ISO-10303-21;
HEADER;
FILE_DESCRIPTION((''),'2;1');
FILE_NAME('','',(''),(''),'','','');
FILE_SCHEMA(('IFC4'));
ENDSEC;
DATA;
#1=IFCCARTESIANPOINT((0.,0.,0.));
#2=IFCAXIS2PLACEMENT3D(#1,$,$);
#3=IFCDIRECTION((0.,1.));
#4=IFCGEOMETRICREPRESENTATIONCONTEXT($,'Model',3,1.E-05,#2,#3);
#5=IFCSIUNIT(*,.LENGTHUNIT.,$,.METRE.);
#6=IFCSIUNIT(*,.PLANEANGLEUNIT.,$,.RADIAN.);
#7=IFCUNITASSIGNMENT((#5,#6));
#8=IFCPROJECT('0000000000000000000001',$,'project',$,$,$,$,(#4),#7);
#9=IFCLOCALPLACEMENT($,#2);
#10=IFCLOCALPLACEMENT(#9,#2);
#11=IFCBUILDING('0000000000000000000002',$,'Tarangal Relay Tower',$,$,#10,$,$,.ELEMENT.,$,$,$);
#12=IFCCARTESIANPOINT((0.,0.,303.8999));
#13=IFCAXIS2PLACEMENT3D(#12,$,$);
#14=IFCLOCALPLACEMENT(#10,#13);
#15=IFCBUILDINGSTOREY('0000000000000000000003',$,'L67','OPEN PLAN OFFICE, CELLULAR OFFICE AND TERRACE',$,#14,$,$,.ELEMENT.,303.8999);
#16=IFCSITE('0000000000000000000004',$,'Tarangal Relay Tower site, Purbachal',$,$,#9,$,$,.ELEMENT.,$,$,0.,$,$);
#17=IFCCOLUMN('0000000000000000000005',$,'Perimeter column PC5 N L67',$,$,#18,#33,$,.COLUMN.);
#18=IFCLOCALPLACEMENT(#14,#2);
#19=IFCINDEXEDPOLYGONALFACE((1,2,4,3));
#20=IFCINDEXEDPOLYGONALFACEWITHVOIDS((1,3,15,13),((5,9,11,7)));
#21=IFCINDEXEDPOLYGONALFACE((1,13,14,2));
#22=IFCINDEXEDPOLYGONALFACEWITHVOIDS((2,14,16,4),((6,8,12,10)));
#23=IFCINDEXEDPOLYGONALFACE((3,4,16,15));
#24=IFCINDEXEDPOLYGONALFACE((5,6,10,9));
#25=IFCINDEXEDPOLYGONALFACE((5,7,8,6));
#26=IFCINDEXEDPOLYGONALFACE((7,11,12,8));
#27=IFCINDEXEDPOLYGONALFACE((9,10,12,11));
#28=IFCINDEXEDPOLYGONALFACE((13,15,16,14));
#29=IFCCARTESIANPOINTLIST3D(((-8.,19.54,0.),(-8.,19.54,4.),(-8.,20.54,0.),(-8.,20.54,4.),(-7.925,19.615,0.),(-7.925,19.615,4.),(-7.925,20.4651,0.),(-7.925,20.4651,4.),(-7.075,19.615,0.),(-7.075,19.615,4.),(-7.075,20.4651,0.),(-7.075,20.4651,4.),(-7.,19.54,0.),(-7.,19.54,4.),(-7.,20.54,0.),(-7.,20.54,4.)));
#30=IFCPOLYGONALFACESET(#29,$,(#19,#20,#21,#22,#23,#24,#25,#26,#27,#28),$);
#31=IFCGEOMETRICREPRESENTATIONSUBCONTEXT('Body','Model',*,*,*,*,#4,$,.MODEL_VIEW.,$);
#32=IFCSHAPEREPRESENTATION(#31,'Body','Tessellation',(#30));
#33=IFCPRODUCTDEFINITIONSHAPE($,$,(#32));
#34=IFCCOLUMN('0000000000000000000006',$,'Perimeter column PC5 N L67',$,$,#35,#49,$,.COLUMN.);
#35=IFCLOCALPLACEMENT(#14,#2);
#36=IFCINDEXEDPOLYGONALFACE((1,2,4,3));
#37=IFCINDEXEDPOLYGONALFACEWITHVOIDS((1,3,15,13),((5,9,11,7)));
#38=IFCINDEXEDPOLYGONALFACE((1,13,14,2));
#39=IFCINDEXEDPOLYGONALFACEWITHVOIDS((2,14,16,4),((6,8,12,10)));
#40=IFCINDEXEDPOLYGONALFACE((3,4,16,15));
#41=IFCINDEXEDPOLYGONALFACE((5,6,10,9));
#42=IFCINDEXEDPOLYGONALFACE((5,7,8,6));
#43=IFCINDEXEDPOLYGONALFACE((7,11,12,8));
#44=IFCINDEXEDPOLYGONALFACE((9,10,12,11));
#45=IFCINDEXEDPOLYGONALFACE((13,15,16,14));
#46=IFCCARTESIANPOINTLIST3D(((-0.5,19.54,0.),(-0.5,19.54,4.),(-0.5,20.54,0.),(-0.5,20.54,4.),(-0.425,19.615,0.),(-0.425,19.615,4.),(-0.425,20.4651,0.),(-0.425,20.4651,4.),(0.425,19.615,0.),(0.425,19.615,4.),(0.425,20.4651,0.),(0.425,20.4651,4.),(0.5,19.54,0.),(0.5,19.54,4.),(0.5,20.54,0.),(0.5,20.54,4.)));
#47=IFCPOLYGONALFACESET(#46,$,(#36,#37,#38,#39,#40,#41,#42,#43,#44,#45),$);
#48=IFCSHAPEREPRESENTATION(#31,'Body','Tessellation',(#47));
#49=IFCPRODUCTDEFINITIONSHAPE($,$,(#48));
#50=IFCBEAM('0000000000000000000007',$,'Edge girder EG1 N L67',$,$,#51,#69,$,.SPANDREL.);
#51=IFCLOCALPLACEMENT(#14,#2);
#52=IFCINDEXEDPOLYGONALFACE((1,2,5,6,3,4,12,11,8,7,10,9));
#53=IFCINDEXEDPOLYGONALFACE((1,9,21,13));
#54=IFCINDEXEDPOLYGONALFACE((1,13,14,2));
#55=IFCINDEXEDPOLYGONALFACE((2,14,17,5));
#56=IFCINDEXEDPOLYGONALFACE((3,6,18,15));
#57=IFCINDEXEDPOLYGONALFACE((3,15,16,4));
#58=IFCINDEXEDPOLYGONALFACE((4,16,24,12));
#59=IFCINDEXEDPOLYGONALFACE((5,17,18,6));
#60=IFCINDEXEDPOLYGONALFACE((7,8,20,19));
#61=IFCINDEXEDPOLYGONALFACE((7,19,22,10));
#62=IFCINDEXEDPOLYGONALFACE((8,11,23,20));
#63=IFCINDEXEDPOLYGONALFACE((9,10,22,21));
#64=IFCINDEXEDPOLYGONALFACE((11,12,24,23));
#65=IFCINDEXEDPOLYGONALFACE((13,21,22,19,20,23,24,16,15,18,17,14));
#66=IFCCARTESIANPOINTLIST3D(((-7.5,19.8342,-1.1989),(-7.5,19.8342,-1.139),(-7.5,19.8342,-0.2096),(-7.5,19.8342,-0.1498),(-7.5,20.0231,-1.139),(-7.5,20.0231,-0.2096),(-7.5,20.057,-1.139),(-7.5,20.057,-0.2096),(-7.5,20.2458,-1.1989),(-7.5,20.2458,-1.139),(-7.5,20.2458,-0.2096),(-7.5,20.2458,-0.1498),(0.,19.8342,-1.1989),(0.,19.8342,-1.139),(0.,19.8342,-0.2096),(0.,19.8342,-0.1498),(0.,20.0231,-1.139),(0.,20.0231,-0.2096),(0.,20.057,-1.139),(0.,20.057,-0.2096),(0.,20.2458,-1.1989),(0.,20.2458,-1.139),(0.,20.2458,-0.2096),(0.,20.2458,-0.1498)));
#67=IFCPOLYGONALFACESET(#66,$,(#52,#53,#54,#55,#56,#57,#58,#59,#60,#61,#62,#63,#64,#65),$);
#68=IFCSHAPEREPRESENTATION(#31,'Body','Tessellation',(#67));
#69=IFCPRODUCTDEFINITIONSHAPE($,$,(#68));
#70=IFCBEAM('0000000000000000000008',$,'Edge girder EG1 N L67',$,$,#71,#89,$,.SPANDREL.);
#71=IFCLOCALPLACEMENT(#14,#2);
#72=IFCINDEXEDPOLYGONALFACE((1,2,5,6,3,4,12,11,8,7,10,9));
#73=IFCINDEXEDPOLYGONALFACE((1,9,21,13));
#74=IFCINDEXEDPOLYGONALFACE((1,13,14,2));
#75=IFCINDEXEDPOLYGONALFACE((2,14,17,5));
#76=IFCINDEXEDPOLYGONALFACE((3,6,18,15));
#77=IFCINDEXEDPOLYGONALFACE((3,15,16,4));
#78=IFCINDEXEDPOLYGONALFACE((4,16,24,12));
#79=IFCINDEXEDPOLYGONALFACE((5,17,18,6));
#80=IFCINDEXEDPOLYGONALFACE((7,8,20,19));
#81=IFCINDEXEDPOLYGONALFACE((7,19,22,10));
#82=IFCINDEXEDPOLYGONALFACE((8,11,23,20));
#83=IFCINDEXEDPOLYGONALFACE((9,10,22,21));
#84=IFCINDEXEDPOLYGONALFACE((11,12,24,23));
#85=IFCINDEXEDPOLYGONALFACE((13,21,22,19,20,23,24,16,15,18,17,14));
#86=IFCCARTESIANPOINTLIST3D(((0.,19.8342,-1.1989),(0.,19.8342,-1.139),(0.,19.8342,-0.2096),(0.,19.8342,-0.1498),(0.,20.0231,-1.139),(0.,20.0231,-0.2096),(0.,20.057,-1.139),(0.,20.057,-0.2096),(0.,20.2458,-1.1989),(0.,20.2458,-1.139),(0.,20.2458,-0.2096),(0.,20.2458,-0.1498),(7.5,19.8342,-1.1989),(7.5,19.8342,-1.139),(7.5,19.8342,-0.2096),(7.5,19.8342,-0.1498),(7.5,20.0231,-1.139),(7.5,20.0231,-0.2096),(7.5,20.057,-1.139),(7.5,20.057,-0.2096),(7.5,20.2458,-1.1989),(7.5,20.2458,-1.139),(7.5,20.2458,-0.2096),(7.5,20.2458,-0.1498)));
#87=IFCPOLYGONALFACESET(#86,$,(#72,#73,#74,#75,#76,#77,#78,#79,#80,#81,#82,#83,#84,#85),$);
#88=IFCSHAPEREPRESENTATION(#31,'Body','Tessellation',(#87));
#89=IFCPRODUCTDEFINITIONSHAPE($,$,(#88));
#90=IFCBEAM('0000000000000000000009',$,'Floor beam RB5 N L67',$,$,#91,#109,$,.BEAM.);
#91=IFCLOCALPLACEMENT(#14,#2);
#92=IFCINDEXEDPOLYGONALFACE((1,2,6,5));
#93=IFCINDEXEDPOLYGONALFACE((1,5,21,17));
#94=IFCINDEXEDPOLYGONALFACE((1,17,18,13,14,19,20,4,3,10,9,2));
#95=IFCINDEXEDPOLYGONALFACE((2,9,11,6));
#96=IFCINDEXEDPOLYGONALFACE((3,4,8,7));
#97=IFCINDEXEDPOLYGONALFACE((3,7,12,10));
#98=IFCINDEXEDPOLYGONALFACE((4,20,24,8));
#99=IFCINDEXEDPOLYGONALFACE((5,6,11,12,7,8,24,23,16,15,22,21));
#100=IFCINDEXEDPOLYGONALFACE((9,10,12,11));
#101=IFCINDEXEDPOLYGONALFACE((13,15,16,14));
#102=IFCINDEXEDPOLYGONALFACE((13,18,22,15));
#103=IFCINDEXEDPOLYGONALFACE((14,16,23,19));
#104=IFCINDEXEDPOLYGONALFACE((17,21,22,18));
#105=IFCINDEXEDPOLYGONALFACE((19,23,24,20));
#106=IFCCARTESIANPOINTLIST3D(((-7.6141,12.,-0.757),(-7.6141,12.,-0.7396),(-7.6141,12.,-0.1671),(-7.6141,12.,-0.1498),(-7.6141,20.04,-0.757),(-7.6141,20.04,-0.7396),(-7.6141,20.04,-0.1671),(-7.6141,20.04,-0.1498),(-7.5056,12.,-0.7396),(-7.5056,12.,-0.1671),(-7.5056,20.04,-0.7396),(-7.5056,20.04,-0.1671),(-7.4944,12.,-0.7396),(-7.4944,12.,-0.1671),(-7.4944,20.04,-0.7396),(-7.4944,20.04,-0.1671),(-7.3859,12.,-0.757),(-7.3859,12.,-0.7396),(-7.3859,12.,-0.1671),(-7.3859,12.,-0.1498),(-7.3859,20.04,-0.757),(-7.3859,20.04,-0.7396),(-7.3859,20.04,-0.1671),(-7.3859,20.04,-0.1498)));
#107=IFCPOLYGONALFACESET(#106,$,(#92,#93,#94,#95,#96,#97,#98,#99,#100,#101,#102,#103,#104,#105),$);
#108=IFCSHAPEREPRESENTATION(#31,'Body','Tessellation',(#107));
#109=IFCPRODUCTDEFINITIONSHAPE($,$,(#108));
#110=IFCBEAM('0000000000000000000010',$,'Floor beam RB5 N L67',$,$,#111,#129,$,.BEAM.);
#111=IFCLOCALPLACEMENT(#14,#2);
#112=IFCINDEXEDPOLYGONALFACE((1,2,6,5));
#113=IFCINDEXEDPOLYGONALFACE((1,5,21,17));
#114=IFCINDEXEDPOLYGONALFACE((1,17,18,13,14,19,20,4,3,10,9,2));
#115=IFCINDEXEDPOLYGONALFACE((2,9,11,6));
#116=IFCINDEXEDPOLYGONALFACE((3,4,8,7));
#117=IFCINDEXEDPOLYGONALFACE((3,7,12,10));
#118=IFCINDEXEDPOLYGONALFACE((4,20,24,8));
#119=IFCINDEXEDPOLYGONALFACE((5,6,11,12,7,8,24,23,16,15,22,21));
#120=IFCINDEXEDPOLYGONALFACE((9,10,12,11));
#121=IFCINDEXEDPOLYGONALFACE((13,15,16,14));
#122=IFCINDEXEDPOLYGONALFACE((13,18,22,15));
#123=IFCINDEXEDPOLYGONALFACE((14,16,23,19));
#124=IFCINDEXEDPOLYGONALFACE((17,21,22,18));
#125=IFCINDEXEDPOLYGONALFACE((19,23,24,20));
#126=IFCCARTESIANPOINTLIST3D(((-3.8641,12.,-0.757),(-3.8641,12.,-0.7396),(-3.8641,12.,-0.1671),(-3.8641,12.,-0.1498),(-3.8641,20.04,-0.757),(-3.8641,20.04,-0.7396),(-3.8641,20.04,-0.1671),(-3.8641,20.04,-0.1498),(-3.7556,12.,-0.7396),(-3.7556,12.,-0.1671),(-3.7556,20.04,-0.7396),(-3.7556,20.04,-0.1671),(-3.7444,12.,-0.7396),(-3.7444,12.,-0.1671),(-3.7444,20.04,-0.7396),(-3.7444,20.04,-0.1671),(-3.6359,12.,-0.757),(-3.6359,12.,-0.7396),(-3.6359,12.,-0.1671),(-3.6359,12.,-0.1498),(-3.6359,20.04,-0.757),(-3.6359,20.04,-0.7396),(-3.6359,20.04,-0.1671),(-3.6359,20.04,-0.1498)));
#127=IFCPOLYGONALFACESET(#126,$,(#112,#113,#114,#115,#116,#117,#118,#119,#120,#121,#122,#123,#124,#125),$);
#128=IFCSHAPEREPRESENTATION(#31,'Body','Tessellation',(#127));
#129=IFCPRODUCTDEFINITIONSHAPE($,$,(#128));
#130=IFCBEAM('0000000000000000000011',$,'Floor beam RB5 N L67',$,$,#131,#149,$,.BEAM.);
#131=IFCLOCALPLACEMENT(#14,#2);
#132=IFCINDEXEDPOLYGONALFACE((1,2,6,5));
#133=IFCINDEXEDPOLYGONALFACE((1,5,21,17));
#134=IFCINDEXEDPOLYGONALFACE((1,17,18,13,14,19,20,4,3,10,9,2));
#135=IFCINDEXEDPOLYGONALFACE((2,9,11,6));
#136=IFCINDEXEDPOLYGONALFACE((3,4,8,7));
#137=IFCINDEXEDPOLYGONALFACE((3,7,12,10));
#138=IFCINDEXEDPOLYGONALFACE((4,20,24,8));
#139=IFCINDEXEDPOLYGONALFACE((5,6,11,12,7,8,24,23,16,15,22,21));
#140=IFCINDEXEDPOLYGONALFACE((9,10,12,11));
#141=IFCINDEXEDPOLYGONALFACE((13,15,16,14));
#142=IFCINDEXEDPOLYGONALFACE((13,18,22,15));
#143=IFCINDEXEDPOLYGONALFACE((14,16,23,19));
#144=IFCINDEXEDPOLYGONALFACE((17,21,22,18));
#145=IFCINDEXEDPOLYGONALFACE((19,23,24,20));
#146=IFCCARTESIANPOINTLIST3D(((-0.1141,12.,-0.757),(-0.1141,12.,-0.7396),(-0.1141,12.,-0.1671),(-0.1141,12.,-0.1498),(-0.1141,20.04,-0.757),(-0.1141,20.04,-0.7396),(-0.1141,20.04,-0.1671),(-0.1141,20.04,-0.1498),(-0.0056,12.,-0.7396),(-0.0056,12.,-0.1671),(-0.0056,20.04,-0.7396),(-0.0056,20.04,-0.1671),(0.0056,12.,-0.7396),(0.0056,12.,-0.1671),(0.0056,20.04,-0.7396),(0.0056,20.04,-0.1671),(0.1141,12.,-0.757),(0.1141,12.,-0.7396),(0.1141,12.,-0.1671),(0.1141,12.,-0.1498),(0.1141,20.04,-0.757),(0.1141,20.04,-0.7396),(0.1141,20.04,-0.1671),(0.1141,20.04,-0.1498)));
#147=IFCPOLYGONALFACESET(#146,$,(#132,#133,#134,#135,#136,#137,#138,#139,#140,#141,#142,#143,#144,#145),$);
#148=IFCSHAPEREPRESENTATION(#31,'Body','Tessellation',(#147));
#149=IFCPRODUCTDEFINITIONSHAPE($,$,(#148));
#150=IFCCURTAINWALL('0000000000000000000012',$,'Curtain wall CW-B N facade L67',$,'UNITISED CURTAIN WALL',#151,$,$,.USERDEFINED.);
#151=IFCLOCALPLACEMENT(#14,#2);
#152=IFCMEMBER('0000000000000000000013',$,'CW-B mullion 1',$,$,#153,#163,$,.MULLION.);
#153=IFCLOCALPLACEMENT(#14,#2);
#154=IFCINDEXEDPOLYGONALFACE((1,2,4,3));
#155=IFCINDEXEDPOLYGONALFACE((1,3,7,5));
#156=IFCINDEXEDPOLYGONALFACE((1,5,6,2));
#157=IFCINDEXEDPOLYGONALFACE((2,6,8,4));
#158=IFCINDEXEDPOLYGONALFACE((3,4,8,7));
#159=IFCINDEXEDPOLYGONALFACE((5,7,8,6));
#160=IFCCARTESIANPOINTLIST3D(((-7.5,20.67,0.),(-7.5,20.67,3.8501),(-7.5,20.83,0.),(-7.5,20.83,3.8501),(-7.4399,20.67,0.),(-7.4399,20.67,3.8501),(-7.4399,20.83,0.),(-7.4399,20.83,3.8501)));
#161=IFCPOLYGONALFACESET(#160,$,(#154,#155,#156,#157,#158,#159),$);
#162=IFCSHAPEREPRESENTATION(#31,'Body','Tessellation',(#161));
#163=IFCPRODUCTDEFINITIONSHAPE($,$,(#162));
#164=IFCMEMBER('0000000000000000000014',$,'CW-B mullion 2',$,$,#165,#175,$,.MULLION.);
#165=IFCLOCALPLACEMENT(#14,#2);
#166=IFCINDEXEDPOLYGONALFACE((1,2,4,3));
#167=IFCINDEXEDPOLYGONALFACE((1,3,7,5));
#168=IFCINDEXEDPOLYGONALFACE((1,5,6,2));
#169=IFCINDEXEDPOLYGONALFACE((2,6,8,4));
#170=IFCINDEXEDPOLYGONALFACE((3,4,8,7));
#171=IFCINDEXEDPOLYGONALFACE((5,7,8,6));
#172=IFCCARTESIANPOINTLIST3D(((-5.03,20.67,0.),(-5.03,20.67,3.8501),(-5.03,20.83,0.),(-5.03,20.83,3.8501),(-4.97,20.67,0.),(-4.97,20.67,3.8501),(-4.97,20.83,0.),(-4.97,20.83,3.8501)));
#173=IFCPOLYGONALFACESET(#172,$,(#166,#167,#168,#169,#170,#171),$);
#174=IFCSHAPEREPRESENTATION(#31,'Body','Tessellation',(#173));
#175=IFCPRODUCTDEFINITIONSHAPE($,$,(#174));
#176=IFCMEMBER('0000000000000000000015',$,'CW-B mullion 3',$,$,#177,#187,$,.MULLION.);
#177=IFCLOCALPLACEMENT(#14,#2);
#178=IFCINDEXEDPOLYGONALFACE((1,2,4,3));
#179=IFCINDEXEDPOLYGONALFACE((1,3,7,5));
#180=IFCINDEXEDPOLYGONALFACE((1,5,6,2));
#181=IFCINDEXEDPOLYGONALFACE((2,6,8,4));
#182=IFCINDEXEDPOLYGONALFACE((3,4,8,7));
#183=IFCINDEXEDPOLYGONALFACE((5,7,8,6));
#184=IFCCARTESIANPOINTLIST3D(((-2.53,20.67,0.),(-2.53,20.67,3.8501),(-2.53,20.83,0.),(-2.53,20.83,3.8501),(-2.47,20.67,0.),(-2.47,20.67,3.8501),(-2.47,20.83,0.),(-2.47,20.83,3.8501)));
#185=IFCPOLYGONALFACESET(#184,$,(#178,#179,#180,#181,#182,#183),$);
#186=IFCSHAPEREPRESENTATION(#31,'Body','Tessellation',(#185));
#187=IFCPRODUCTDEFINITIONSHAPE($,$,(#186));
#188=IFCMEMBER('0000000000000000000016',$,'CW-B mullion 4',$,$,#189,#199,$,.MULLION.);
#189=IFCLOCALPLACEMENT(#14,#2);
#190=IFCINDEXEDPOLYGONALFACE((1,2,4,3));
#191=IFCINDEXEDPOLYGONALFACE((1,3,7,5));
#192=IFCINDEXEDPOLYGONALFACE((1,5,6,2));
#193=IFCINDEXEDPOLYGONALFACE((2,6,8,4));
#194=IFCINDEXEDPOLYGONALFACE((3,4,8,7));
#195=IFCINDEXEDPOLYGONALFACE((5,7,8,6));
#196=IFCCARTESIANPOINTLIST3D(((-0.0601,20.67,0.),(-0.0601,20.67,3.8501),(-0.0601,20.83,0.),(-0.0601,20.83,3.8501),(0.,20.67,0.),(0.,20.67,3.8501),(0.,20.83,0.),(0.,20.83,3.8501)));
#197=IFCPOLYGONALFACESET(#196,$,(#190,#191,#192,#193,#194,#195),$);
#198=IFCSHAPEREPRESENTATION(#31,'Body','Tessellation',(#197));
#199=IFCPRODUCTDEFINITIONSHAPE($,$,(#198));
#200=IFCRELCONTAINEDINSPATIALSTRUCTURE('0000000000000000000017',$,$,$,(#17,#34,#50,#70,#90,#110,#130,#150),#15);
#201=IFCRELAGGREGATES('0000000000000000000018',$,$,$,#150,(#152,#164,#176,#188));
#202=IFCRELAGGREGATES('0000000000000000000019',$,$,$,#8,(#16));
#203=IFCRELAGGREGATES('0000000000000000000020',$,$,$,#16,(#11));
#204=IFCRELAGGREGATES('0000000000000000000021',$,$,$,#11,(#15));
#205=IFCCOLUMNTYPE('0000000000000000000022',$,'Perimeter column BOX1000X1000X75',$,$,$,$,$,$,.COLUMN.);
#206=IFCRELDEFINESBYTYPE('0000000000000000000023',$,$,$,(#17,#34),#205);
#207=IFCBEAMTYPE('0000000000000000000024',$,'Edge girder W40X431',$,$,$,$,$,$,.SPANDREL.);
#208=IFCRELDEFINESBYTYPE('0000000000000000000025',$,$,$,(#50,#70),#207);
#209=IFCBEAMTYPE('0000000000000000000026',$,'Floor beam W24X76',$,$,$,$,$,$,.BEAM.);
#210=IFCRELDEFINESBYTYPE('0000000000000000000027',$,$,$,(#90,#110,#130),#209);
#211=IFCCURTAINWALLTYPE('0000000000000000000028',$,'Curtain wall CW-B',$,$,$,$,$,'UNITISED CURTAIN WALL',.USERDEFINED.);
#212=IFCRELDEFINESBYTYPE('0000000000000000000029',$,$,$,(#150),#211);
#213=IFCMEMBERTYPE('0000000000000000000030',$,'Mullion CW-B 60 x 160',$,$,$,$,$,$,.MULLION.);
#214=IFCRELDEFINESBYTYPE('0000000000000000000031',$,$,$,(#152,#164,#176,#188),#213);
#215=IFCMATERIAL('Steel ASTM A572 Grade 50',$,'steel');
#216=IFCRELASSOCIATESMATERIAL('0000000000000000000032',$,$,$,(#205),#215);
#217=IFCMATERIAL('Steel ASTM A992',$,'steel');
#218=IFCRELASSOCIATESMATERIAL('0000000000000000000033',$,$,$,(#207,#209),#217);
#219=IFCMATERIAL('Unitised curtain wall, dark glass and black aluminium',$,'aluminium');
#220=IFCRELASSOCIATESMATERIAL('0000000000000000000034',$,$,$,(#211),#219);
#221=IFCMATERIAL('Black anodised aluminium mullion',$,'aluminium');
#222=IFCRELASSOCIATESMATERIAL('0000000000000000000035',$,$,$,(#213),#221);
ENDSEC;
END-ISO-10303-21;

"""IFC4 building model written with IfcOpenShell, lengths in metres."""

from ifc_helpers import new_model, si_unit, direction, frame, origin, origin_2d, place, context, subcontext, project, spatial, rectangle, hollow_rectangle, i_section, extrude, material, material_profile, profile_set, type_object, element, aggregate, save


model = new_model("IFC4")

# Units and contexts
model_context = context("Model", 3, precision=1e-05, world=origin(), true_north=direction((0.0, 1.0)))
body_context = subcontext(model_context, "Body", "Model", "MODEL_VIEW")
ifc_project = project(units=[si_unit("LENGTHUNIT", "METRE"), si_unit("PLANEANGLEUNIT", "RADIAN")], contexts=[model_context])

# Site, building, storey
site_placement = place(None, origin())
site = spatial("IfcSite", under=ifc_project, at=site_placement, Name="Tarangal Relay Tower site, Purbachal", CompositionType="ELEMENT", RefElevation=0.0)
building_placement = place(site_placement, origin())
building = spatial("IfcBuilding", under=site, at=building_placement, Name="Tarangal Relay Tower", CompositionType="ELEMENT")
storey_placement = place(building_placement, frame((0.0, 0.0, 303.8999)))
storey = spatial("IfcBuildingStorey", under=building, at=storey_placement, Name="L67", Description="OPEN PLAN OFFICE, CELLULAR OFFICE AND TERRACE", CompositionType="ELEMENT", Elevation=303.8999)

# Columns
ifc_material_1 = material(Name="Steel ASTM A572 Grade 50", Category="steel")
ifc_material_profile_1 = material_profile(ifc_material_1, hollow_rectangle(XDim=1.0, YDim=1.0, WallThickness=0.075, at=origin_2d()), Name="BOX1000X1000X75")
ifc_profile_set_1 = profile_set([ifc_material_profile_1], Name="Steel ASTM A572 Grade 50")
column_type = type_object("IfcColumnType", Name="Perimeter column BOX1000X1000X75", PredefinedType="COLUMN", material=ifc_profile_set_1)
for number, where, z_axis, x_axis, name in (
    (1, (-7.5, 20.04, 0.0), (0.0, 0.0, 1.0), (1.0, 0.0, 0.0), "Perimeter column PC5 N L67"),
    (2, (0.0, 20.04, 0.0), (0.0, 0.0, 1.0), (1.0, 0.0, 0.0), "Perimeter column PC5 N L67"),
):
    element("IfcColumn", number, at=place(storey_placement, frame(where, z_axis=z_axis, x_axis=x_axis)), inside=storey, type_object=column_type, Name=name, PredefinedType="COLUMN", context=body_context, shape_type="SweptSolid", body=[
        extrude(hollow_rectangle(XDim=1.0, YDim=1.0, WallThickness=0.075, at=origin_2d()), origin(), (0.0, 0.0, 1.0), 4.0),
    ])

# Beams
ifc_material_2 = material(Name="Steel ASTM A992", Category="steel")
ifc_material_profile_2 = material_profile(ifc_material_2, i_section(OverallWidth=0.4116, OverallDepth=1.0491, WebThickness=0.0339, FlangeThickness=0.0598, at=origin_2d()), Name="W40X431")
ifc_profile_set_2 = profile_set([ifc_material_profile_2], Name="Steel ASTM A992")
beam_type_1 = type_object("IfcBeamType", Name="Edge girder W40X431", PredefinedType="SPANDREL", material=ifc_profile_set_2)
for number, where, z_axis, x_axis, name in (
    (3, (-7.5, 20.04, -0.6743), (1.0, 0.0, 0.0), (0.0, 1.0, 0.0), "Edge girder EG1 N L67"),
    (4, (0.0, 20.04, -0.6743), (1.0, 0.0, 0.0), (0.0, 1.0, 0.0), "Edge girder EG1 N L67"),
):
    element("IfcBeam", number, at=place(storey_placement, frame(where, z_axis=z_axis, x_axis=x_axis)), inside=storey, type_object=beam_type_1, Name=name, PredefinedType="SPANDREL", context=body_context, shape_type="SweptSolid", body=[
        extrude(i_section(OverallWidth=0.4116, OverallDepth=1.0491, WebThickness=0.0339, FlangeThickness=0.0598, at=origin_2d()), origin(), (0.0, 0.0, 1.0), 7.5),
    ])
ifc_material_profile_3 = material_profile(ifc_material_2, i_section(OverallWidth=0.2283, OverallDepth=0.6072, WebThickness=0.0112, FlangeThickness=0.0173, at=origin_2d()), Name="W24X76")
ifc_profile_set_3 = profile_set([ifc_material_profile_3], Name="Steel ASTM A992")
beam_type_2 = type_object("IfcBeamType", Name="Floor beam W24X76", PredefinedType="BEAM", material=ifc_profile_set_3)
for number, where, z_axis, x_axis, name in (
    (5, (-7.5, 12.0, -0.4534), (0.0, 1.0, 0.0), (-1.0, 0.0, 0.0), "Floor beam RB5 N L67"),
    (6, (-3.75, 12.0, -0.4534), (0.0, 1.0, 0.0), (-1.0, 0.0, 0.0), "Floor beam RB5 N L67"),
    (7, (0.0, 12.0, -0.4534), (0.0, 1.0, 0.0), (-1.0, 0.0, 0.0), "Floor beam RB5 N L67"),
):
    element("IfcBeam", number, at=place(storey_placement, frame(where, z_axis=z_axis, x_axis=x_axis)), inside=storey, type_object=beam_type_2, Name=name, PredefinedType="BEAM", context=body_context, shape_type="SweptSolid", body=[
        extrude(i_section(OverallWidth=0.2283, OverallDepth=0.6072, WebThickness=0.0112, FlangeThickness=0.0173, at=origin_2d()), origin(), (0.0, 0.0, 1.0), 8.04),
    ])

# Curtain wall, members
ifc_material_3 = material(Name="Unitised curtain wall, dark glass and black aluminium", Category="aluminium")
curtain_wall_type_1 = type_object("IfcCurtainWallType", Name="Curtain wall CW-B", ElementType="UNITISED CURTAIN WALL", PredefinedType="USERDEFINED", material=ifc_material_3)
curtain_wall_1_placement = place(storey_placement, origin())
curtain_wall_1 = element("IfcCurtainWall", 8, at=curtain_wall_1_placement, inside=storey, type_object=curtain_wall_type_1, Name="Curtain wall CW-B N facade L67", ObjectType="UNITISED CURTAIN WALL", PredefinedType="USERDEFINED")
ifc_material_4 = material(Name="Black anodised aluminium mullion", Category="aluminium")
ifc_material_profile_4 = material_profile(ifc_material_4, rectangle(XDim=0.1599, YDim=0.0601, at=origin_2d()), Name="CW-BM 60X160")
ifc_profile_set_4 = profile_set([ifc_material_profile_4], Name="Black anodised aluminium mullion")
member_type_1 = type_object("IfcMemberType", Name="Mullion CW-B 60 x 160", PredefinedType="MULLION", material=ifc_profile_set_4)
member_1_placement = place(storey_placement, frame((-7.47, 20.75, 0.0), z_axis=(0.0, 0.0, 1.0), x_axis=(0.0, 1.0, 0.0)))
member_1 = element("IfcMember", 9, at=member_1_placement, type_object=member_type_1, Name="CW-B mullion 1", PredefinedType="MULLION", context=body_context, shape_type="SweptSolid", body=[
    extrude(rectangle(XDim=0.1599, YDim=0.0601, at=origin_2d()), origin(), (0.0, 0.0, 1.0), 3.8501),
])
member_2_placement = place(storey_placement, frame((-5.0, 20.75, 0.0), z_axis=(0.0, 0.0, 1.0), x_axis=(0.0, 1.0, 0.0)))
member_2 = element("IfcMember", 10, at=member_2_placement, type_object=member_type_1, Name="CW-B mullion 2", PredefinedType="MULLION", context=body_context, shape_type="SweptSolid", body=[
    extrude(rectangle(XDim=0.1599, YDim=0.0601, at=origin_2d()), origin(), (0.0, 0.0, 1.0), 3.8501),
])
member_3_placement = place(storey_placement, frame((-2.5, 20.75, 0.0), z_axis=(0.0, 0.0, 1.0), x_axis=(0.0, 1.0, 0.0)))
member_3 = element("IfcMember", 11, at=member_3_placement, type_object=member_type_1, Name="CW-B mullion 3", PredefinedType="MULLION", context=body_context, shape_type="SweptSolid", body=[
    extrude(rectangle(XDim=0.1599, YDim=0.0601, at=origin_2d()), origin(), (0.0, 0.0, 1.0), 3.8501),
])
member_4_placement = place(storey_placement, frame((-0.03, 20.75, 0.0), z_axis=(0.0, 0.0, 1.0), x_axis=(0.0, 1.0, 0.0)))
member_4 = element("IfcMember", 12, at=member_4_placement, type_object=member_type_1, Name="CW-B mullion 4", PredefinedType="MULLION", context=body_context, shape_type="SweptSolid", body=[
    extrude(rectangle(XDim=0.1599, YDim=0.0601, at=origin_2d()), origin(), (0.0, 0.0, 1.0), 3.8501),
])

aggregate(curtain_wall_1, [member_1, member_2, member_3, member_4])

save(model, "model.ifc")
